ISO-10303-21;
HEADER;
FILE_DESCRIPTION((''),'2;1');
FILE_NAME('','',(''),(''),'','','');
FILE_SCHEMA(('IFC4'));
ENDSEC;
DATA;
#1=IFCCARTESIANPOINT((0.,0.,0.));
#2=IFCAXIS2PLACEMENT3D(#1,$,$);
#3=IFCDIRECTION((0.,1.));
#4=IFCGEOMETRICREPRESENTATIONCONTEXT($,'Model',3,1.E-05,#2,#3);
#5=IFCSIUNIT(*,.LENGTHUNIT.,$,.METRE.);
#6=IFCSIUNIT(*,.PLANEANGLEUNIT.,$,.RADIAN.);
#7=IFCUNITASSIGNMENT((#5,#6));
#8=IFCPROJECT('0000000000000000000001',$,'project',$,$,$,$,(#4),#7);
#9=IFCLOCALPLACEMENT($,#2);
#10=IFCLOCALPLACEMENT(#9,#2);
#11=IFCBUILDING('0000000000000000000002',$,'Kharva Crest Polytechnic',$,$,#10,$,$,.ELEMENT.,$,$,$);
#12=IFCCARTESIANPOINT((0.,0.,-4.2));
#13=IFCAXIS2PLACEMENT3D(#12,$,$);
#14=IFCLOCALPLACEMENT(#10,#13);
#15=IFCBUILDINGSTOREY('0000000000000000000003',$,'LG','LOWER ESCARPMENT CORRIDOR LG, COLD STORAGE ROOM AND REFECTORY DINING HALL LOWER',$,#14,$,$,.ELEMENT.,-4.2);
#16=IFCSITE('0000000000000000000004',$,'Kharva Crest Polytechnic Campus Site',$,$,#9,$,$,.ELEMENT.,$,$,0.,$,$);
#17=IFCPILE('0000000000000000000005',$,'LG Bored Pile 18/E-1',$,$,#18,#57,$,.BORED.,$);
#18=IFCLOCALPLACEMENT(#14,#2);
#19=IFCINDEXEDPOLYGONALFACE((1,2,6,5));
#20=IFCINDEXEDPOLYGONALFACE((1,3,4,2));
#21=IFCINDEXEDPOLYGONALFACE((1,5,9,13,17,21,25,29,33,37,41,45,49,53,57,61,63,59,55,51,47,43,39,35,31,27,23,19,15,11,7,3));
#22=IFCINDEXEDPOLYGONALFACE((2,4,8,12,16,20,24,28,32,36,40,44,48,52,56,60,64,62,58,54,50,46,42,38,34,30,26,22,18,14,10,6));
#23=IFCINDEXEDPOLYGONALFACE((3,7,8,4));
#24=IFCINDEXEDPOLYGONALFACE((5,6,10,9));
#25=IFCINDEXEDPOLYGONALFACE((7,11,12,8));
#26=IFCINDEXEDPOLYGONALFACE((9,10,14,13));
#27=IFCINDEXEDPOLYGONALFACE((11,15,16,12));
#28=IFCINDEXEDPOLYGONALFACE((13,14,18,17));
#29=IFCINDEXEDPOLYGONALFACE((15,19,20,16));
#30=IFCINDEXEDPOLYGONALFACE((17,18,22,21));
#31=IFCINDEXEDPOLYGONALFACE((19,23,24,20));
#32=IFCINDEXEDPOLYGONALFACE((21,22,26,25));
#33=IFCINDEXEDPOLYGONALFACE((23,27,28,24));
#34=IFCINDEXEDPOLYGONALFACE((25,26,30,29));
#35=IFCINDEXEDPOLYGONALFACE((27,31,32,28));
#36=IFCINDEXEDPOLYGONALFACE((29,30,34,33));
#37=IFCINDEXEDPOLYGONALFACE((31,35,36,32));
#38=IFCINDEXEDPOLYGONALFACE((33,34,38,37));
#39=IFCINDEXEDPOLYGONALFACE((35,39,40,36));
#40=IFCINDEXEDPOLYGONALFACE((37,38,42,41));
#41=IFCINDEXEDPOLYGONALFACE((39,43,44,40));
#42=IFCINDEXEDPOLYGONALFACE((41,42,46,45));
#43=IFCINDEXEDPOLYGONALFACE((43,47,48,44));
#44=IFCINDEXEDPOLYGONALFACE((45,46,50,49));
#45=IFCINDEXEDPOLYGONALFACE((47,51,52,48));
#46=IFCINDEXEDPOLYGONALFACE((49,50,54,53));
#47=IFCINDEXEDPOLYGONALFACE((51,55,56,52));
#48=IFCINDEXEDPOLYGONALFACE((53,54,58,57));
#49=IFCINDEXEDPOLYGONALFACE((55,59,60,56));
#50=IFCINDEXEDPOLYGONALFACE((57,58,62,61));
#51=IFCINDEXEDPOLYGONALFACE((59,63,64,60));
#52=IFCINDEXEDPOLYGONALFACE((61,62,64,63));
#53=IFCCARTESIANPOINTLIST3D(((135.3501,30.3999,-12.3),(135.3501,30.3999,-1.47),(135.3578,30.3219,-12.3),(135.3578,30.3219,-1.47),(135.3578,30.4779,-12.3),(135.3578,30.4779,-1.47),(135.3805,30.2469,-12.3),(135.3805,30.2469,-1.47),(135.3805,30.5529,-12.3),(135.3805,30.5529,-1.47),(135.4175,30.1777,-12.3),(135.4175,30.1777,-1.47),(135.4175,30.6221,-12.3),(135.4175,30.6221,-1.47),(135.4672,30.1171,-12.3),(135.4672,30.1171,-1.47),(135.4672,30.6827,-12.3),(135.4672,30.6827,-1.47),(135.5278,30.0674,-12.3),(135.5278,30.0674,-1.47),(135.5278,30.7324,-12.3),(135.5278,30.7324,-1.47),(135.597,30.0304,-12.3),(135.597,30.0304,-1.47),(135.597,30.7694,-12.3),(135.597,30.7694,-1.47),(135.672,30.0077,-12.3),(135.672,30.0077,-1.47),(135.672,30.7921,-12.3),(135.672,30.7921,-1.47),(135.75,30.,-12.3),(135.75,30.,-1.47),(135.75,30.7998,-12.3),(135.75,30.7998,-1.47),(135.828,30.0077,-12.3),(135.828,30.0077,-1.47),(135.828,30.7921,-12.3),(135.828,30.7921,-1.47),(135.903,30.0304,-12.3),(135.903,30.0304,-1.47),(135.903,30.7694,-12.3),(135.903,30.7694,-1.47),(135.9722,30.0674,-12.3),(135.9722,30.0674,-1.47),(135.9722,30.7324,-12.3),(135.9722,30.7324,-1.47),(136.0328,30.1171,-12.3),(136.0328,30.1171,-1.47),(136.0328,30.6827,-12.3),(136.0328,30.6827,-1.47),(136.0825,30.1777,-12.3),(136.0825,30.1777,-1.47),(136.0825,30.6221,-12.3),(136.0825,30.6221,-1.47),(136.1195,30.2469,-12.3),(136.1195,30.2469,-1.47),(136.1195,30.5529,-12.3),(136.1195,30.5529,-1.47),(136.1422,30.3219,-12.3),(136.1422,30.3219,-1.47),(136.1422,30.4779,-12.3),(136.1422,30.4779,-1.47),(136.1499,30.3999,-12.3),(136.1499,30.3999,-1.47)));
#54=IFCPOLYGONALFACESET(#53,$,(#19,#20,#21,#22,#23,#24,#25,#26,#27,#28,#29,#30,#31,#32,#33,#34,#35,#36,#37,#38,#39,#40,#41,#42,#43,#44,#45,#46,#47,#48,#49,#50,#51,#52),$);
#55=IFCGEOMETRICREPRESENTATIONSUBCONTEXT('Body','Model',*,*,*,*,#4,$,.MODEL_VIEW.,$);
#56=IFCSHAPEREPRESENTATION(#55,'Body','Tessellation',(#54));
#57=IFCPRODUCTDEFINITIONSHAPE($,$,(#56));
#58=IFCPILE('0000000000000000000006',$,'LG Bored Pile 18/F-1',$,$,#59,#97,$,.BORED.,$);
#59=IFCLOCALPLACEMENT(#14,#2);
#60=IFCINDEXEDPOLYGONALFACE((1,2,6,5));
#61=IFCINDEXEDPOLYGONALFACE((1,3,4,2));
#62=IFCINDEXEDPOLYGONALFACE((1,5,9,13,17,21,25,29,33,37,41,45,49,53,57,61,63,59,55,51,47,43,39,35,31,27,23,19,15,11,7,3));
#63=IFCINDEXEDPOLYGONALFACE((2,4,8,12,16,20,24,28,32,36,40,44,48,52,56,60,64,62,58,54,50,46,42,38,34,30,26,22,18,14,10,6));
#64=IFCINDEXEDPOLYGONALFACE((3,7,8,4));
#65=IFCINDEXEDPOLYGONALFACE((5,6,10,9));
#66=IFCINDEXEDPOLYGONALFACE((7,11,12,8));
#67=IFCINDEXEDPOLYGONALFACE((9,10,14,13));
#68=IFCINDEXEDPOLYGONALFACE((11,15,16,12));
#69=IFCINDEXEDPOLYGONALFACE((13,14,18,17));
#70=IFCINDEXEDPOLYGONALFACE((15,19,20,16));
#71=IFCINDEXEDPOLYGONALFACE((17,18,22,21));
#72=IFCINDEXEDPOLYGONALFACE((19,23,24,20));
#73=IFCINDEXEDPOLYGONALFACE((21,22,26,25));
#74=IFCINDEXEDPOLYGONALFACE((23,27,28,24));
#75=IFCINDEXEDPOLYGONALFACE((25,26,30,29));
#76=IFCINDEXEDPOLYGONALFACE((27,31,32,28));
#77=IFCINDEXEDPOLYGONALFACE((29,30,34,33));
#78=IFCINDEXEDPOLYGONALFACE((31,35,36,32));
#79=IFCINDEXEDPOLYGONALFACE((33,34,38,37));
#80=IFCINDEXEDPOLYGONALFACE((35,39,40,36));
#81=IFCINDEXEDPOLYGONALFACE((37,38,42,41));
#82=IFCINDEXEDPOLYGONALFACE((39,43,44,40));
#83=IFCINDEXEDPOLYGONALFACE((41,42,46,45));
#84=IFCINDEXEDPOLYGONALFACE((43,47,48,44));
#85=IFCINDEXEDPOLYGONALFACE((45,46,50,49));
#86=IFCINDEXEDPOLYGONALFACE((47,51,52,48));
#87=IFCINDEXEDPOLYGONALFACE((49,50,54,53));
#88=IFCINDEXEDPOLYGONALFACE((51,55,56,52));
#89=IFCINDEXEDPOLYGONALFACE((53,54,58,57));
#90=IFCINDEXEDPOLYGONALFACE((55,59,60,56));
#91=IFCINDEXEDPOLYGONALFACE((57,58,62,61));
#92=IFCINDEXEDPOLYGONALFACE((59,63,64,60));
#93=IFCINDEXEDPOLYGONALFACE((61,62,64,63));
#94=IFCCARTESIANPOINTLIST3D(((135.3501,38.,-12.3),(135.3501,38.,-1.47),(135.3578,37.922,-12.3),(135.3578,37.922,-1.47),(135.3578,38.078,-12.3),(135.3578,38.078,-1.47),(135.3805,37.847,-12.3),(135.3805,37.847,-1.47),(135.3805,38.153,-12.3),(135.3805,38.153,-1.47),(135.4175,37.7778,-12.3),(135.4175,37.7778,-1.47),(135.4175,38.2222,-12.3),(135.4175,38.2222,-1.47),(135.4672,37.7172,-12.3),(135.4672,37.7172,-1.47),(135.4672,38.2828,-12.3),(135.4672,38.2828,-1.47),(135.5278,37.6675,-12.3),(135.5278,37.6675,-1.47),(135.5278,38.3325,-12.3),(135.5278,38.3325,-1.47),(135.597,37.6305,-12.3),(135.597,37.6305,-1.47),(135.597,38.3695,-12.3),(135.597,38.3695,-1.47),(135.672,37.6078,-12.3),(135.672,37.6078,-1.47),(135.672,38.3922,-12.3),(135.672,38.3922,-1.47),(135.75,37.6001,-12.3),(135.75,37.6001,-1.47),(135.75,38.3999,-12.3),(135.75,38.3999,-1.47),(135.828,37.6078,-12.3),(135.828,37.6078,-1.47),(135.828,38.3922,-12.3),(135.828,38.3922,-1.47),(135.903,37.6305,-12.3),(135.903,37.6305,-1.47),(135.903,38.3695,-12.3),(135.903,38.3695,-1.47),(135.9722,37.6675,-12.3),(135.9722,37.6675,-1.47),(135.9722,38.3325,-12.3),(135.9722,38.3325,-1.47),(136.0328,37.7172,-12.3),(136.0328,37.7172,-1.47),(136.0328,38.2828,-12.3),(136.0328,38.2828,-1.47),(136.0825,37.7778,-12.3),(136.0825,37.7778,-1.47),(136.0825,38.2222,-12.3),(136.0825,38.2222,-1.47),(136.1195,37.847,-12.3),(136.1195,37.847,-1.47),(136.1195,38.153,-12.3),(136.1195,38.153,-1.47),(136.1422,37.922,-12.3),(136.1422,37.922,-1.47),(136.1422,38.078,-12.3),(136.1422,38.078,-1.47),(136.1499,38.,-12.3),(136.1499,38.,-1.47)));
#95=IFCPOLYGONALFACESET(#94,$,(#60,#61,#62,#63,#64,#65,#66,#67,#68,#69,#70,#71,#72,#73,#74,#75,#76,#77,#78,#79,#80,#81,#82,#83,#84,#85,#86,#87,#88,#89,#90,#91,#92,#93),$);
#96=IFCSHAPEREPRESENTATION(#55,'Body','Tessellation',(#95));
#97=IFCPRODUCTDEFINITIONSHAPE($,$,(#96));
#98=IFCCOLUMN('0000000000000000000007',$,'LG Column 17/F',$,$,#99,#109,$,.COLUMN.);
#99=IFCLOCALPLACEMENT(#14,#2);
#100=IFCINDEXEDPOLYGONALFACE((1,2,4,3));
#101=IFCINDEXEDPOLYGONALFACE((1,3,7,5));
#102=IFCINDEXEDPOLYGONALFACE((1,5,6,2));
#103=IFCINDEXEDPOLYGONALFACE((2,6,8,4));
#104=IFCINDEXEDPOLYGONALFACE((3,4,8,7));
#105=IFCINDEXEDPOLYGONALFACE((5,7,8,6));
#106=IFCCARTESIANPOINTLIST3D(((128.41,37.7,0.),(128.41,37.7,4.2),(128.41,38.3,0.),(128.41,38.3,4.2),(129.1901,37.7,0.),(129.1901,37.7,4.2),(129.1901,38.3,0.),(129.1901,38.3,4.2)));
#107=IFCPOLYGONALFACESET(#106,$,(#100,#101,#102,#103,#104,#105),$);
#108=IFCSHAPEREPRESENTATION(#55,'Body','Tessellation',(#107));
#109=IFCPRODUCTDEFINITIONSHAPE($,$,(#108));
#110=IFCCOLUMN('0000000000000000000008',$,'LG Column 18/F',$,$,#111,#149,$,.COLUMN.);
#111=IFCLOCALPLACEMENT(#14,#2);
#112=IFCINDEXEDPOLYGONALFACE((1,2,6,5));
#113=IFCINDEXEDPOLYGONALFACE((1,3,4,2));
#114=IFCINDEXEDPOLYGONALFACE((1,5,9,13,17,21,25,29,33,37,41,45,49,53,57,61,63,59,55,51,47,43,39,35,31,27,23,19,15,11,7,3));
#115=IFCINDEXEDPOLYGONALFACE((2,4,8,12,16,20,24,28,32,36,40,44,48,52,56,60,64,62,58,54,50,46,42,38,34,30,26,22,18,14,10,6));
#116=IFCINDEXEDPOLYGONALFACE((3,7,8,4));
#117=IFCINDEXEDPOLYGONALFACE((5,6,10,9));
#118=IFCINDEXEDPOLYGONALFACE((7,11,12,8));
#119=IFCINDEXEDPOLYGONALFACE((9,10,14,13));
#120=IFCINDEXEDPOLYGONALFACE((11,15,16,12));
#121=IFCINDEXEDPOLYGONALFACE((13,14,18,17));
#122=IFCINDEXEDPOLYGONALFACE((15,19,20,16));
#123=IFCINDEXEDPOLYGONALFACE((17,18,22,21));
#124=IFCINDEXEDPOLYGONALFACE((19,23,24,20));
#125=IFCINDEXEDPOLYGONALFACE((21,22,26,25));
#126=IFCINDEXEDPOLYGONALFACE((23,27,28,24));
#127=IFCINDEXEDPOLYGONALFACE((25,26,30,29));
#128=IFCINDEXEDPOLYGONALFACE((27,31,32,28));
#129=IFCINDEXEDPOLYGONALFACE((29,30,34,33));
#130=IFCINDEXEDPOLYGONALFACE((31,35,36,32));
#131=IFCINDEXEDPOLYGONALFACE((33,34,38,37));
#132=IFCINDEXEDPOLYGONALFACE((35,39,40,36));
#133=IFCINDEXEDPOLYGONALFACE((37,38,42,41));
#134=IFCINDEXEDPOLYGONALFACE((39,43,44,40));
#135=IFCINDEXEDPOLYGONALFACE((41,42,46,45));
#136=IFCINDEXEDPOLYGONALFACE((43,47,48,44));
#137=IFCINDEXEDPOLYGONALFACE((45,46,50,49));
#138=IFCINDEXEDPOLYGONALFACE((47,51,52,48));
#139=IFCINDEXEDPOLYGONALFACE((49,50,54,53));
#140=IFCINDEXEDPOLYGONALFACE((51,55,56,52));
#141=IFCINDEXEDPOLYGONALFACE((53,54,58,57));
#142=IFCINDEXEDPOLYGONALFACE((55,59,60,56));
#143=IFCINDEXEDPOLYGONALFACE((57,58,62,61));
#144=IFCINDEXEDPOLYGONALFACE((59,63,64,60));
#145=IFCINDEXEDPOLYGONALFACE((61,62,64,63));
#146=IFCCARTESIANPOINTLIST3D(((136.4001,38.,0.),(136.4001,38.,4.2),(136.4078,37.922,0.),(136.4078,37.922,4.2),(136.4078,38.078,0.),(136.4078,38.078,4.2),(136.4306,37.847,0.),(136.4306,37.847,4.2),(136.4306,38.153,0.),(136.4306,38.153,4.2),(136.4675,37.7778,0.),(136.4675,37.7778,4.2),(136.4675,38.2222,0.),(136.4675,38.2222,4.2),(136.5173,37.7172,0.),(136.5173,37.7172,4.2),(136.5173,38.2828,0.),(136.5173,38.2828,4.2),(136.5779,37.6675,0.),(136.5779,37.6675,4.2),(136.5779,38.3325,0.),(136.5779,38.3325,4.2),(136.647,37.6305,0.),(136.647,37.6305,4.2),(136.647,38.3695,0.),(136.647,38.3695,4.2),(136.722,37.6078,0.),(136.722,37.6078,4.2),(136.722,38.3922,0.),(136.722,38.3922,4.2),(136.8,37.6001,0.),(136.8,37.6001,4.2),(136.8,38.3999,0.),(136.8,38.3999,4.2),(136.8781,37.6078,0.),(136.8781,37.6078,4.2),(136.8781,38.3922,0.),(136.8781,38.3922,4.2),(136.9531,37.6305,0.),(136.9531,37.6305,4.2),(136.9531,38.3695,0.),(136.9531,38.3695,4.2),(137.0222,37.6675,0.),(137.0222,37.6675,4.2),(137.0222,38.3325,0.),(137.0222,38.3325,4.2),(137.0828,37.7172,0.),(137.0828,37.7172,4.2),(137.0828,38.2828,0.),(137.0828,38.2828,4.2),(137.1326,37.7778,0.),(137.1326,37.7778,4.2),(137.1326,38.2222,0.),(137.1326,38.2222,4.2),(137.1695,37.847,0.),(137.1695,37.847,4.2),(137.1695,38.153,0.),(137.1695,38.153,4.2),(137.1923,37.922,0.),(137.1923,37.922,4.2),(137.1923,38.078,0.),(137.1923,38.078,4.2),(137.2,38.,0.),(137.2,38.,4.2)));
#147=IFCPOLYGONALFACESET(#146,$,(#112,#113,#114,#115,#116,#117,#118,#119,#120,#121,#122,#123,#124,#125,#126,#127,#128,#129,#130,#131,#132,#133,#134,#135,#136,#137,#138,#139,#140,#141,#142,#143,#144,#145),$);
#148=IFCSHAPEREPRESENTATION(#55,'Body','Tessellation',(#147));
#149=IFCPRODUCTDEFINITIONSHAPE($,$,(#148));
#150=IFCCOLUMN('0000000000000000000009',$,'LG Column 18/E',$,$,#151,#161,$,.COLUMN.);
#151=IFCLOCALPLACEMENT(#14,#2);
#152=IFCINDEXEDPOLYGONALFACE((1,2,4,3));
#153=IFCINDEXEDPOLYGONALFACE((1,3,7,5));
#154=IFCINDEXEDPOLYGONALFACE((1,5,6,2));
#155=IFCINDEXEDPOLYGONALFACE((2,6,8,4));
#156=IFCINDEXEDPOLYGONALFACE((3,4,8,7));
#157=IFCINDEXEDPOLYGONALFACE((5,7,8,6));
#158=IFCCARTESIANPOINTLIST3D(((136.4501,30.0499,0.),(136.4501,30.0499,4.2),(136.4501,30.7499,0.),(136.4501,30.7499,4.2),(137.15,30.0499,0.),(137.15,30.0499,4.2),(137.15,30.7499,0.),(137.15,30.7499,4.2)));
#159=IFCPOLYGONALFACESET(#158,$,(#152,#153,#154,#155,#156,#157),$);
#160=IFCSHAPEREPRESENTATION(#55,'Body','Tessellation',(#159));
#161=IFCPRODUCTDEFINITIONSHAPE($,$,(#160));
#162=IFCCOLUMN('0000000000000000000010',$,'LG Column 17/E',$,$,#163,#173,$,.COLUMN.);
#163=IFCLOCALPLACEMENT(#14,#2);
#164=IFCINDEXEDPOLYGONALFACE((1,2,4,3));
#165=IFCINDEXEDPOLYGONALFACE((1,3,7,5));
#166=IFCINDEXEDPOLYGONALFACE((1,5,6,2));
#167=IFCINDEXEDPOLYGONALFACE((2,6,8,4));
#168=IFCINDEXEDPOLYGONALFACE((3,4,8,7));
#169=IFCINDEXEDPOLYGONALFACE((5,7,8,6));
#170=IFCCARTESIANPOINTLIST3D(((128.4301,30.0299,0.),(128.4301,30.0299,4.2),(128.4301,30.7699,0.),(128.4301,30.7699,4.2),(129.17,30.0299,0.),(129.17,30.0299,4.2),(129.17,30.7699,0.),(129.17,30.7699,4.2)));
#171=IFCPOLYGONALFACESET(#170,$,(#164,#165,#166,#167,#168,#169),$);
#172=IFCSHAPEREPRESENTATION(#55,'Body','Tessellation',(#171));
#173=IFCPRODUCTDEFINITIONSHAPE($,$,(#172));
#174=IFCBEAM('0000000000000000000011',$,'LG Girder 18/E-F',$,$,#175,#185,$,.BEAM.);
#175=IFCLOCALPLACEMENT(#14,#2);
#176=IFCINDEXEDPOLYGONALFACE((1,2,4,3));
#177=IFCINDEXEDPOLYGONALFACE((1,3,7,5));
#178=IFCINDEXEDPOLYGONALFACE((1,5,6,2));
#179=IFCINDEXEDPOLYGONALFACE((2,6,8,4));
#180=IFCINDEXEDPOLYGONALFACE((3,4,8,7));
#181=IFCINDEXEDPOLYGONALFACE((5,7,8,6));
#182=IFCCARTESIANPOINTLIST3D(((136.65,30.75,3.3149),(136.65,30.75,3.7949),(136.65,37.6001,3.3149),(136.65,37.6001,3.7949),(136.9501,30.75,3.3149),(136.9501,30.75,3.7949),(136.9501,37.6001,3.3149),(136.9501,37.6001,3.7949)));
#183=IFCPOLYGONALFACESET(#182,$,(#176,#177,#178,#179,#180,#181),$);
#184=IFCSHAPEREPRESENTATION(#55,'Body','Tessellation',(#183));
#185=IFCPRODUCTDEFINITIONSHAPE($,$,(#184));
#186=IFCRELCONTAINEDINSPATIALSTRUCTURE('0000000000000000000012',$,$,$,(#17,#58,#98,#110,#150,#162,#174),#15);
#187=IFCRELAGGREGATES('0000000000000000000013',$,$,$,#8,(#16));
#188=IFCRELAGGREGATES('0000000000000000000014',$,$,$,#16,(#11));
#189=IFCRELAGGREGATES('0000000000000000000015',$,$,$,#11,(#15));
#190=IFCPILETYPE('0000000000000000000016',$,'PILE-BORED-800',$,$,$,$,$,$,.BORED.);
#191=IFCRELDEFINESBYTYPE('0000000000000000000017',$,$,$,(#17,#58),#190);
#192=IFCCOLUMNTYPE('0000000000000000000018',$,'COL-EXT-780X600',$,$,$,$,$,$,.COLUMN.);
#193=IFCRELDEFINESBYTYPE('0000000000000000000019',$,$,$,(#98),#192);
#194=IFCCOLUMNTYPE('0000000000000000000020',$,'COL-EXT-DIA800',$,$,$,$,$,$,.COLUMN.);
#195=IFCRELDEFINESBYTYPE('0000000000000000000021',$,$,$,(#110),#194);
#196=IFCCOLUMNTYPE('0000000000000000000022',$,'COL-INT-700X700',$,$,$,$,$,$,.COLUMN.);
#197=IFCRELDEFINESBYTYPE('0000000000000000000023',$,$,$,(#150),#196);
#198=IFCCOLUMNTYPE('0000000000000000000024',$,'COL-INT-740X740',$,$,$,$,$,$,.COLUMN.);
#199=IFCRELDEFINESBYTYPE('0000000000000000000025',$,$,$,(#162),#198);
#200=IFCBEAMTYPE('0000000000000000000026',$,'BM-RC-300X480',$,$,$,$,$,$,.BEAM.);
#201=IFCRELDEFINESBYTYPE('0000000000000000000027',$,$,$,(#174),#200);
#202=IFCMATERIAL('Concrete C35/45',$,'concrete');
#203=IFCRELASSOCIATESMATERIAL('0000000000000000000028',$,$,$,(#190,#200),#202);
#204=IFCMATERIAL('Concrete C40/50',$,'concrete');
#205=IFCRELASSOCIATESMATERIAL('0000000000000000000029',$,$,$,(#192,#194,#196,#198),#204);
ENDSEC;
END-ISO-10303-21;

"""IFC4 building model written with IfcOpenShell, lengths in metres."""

from ifc_helpers import new_model, si_unit, direction, frame, origin, origin_2d, place, context, subcontext, project, spatial, rectangle, circle, extrude, material, material_profile, profile_set, type_object, element, save


model = new_model("IFC4")

# Units and contexts
model_context = context("Model", 3, precision=1e-05, world=origin(), true_north=direction((0.0, 1.0)))
body_context = subcontext(model_context, "Body", "Model", "MODEL_VIEW")
ifc_project = project(units=[si_unit("LENGTHUNIT", "METRE"), si_unit("PLANEANGLEUNIT", "RADIAN")], contexts=[model_context])

# Site, building, storey
site_placement = place(None, origin())
site = spatial("IfcSite", under=ifc_project, at=site_placement, Name="Kharva Crest Polytechnic Campus Site", CompositionType="ELEMENT", RefElevation=0.0)
building_placement = place(site_placement, origin())
building = spatial("IfcBuilding", under=site, at=building_placement, Name="Kharva Crest Polytechnic", CompositionType="ELEMENT")
storey_placement = place(building_placement, frame((0.0, 0.0, -4.2)))
storey = spatial("IfcBuildingStorey", under=building, at=storey_placement, Name="LG", Description="LOWER ESCARPMENT CORRIDOR LG, COLD STORAGE ROOM AND REFECTORY DINING HALL LOWER", CompositionType="ELEMENT", Elevation=-4.2)

# Shared definitions
ifc_material_1 = material(Name="Concrete C35/45", Category="concrete")

# Piles
ifc_material_profile_1 = material_profile(ifc_material_1, circle(Radius=0.3999, at=origin_2d()), Name="DIA 800")
ifc_profile_set_1 = profile_set([ifc_material_profile_1], Name="Concrete C35/45")
pile_type = type_object("IfcPileType", Name="PILE-BORED-800", PredefinedType="BORED", material=ifc_profile_set_1)
for number, where, z_axis, x_axis, name in (
    (1, (135.75, 30.3999, -1.47), (0.0, 0.0, -1.0), (1.0, 0.0, 0.0), "LG Bored Pile 18/E-1"),
    (2, (135.75, 38.0, -1.47), (0.0, 0.0, -1.0), (1.0, 0.0, 0.0), "LG Bored Pile 18/F-1"),
):
    element("IfcPile", number, at=place(storey_placement, frame(where, z_axis=z_axis, x_axis=x_axis)), inside=storey, type_object=pile_type, Name=name, PredefinedType="BORED", context=body_context, shape_type="SweptSolid", body=[
        extrude(circle(Radius=0.3999, at=origin_2d()), origin(), (0.0, 0.0, 1.0), 10.8301),
    ])

# Columns
ifc_material_2 = material(Name="Concrete C40/50", Category="concrete")
ifc_material_profile_2 = material_profile(ifc_material_2, rectangle(XDim=0.78, YDim=0.6001, at=origin_2d()), Name="RECT 780 X 600")
ifc_profile_set_2 = profile_set([ifc_material_profile_2], Name="Concrete C40/50")
column_type_1 = type_object("IfcColumnType", Name="COL-EXT-780X600", PredefinedType="COLUMN", material=ifc_profile_set_2)
column_1_placement = place(storey_placement, frame((128.8, 38.0, 0.0), z_axis=(0.0, 0.0, 1.0), x_axis=(1.0, 0.0, 0.0)))
element("IfcColumn", 3, at=column_1_placement, inside=storey, type_object=column_type_1, Name="LG Column 17/F", PredefinedType="COLUMN", context=body_context, shape_type="SweptSolid", body=[
    extrude(rectangle(XDim=0.78, YDim=0.6001, at=origin_2d()), origin(), (0.0, 0.0, 1.0), 4.2),
])
ifc_material_profile_3 = material_profile(ifc_material_2, circle(Radius=0.3999, at=origin_2d()), Name="DIA 800")
ifc_profile_set_3 = profile_set([ifc_material_profile_3], Name="Concrete C40/50")
column_type_2 = type_object("IfcColumnType", Name="COL-EXT-DIA800", PredefinedType="COLUMN", material=ifc_profile_set_3)
column_2_placement = place(storey_placement, frame((136.8, 38.0, 0.0), z_axis=(0.0, 0.0, 1.0), x_axis=(1.0, 0.0, 0.0)))
element("IfcColumn", 4, at=column_2_placement, inside=storey, type_object=column_type_2, Name="LG Column 18/F", PredefinedType="COLUMN", context=body_context, shape_type="SweptSolid", body=[
    extrude(circle(Radius=0.3999, at=origin_2d()), origin(), (0.0, 0.0, 1.0), 4.2),
])
ifc_material_profile_4 = material_profile(ifc_material_2, rectangle(XDim=0.7, YDim=0.7, at=origin_2d()), Name="RECT 700 X 700")
ifc_profile_set_4 = profile_set([ifc_material_profile_4], Name="Concrete C40/50")
column_type_3 = type_object("IfcColumnType", Name="COL-INT-700X700", PredefinedType="COLUMN", material=ifc_profile_set_4)
column_3_placement = place(storey_placement, frame((136.8, 30.3999, 0.0), z_axis=(0.0, 0.0, 1.0), x_axis=(1.0, 0.0, 0.0)))
element("IfcColumn", 5, at=column_3_placement, inside=storey, type_object=column_type_3, Name="LG Column 18/E", PredefinedType="COLUMN", context=body_context, shape_type="SweptSolid", body=[
    extrude(rectangle(XDim=0.7, YDim=0.7, at=origin_2d()), origin(), (0.0, 0.0, 1.0), 4.2),
])
ifc_material_profile_5 = material_profile(ifc_material_2, rectangle(XDim=0.74, YDim=0.74, at=origin_2d()), Name="RECT 740 X 740")
ifc_profile_set_5 = profile_set([ifc_material_profile_5], Name="Concrete C40/50")
column_type_4 = type_object("IfcColumnType", Name="COL-INT-740X740", PredefinedType="COLUMN", material=ifc_profile_set_5)
column_4_placement = place(storey_placement, frame((128.8, 30.3999, 0.0), z_axis=(0.0, 0.0, 1.0), x_axis=(1.0, 0.0, 0.0)))
element("IfcColumn", 6, at=column_4_placement, inside=storey, type_object=column_type_4, Name="LG Column 17/E", PredefinedType="COLUMN", context=body_context, shape_type="SweptSolid", body=[
    extrude(rectangle(XDim=0.74, YDim=0.74, at=origin_2d()), origin(), (0.0, 0.0, 1.0), 4.2),
])

# Beam
ifc_material_profile_6 = material_profile(ifc_material_1, rectangle(XDim=0.3, YDim=0.48, at=origin_2d()), Name="RECT 300 X 480")
ifc_profile_set_6 = profile_set([ifc_material_profile_6], Name="Concrete C35/45")
beam_type_1 = type_object("IfcBeamType", Name="BM-RC-300X480", PredefinedType="BEAM", material=ifc_profile_set_6)
beam_1_placement = place(storey_placement, frame((136.8, 30.75, 3.5549), z_axis=(0.0, 1.0, 0.0), x_axis=(-1.0, 0.0, 0.0)))
element("IfcBeam", 7, at=beam_1_placement, inside=storey, type_object=beam_type_1, Name="LG Girder 18/E-F", PredefinedType="BEAM", context=body_context, shape_type="SweptSolid", body=[
    extrude(rectangle(XDim=0.3, YDim=0.48, at=origin_2d()), origin(), (0.0, 0.0, 1.0), 6.8501),
])

save(model, "model.ifc")
